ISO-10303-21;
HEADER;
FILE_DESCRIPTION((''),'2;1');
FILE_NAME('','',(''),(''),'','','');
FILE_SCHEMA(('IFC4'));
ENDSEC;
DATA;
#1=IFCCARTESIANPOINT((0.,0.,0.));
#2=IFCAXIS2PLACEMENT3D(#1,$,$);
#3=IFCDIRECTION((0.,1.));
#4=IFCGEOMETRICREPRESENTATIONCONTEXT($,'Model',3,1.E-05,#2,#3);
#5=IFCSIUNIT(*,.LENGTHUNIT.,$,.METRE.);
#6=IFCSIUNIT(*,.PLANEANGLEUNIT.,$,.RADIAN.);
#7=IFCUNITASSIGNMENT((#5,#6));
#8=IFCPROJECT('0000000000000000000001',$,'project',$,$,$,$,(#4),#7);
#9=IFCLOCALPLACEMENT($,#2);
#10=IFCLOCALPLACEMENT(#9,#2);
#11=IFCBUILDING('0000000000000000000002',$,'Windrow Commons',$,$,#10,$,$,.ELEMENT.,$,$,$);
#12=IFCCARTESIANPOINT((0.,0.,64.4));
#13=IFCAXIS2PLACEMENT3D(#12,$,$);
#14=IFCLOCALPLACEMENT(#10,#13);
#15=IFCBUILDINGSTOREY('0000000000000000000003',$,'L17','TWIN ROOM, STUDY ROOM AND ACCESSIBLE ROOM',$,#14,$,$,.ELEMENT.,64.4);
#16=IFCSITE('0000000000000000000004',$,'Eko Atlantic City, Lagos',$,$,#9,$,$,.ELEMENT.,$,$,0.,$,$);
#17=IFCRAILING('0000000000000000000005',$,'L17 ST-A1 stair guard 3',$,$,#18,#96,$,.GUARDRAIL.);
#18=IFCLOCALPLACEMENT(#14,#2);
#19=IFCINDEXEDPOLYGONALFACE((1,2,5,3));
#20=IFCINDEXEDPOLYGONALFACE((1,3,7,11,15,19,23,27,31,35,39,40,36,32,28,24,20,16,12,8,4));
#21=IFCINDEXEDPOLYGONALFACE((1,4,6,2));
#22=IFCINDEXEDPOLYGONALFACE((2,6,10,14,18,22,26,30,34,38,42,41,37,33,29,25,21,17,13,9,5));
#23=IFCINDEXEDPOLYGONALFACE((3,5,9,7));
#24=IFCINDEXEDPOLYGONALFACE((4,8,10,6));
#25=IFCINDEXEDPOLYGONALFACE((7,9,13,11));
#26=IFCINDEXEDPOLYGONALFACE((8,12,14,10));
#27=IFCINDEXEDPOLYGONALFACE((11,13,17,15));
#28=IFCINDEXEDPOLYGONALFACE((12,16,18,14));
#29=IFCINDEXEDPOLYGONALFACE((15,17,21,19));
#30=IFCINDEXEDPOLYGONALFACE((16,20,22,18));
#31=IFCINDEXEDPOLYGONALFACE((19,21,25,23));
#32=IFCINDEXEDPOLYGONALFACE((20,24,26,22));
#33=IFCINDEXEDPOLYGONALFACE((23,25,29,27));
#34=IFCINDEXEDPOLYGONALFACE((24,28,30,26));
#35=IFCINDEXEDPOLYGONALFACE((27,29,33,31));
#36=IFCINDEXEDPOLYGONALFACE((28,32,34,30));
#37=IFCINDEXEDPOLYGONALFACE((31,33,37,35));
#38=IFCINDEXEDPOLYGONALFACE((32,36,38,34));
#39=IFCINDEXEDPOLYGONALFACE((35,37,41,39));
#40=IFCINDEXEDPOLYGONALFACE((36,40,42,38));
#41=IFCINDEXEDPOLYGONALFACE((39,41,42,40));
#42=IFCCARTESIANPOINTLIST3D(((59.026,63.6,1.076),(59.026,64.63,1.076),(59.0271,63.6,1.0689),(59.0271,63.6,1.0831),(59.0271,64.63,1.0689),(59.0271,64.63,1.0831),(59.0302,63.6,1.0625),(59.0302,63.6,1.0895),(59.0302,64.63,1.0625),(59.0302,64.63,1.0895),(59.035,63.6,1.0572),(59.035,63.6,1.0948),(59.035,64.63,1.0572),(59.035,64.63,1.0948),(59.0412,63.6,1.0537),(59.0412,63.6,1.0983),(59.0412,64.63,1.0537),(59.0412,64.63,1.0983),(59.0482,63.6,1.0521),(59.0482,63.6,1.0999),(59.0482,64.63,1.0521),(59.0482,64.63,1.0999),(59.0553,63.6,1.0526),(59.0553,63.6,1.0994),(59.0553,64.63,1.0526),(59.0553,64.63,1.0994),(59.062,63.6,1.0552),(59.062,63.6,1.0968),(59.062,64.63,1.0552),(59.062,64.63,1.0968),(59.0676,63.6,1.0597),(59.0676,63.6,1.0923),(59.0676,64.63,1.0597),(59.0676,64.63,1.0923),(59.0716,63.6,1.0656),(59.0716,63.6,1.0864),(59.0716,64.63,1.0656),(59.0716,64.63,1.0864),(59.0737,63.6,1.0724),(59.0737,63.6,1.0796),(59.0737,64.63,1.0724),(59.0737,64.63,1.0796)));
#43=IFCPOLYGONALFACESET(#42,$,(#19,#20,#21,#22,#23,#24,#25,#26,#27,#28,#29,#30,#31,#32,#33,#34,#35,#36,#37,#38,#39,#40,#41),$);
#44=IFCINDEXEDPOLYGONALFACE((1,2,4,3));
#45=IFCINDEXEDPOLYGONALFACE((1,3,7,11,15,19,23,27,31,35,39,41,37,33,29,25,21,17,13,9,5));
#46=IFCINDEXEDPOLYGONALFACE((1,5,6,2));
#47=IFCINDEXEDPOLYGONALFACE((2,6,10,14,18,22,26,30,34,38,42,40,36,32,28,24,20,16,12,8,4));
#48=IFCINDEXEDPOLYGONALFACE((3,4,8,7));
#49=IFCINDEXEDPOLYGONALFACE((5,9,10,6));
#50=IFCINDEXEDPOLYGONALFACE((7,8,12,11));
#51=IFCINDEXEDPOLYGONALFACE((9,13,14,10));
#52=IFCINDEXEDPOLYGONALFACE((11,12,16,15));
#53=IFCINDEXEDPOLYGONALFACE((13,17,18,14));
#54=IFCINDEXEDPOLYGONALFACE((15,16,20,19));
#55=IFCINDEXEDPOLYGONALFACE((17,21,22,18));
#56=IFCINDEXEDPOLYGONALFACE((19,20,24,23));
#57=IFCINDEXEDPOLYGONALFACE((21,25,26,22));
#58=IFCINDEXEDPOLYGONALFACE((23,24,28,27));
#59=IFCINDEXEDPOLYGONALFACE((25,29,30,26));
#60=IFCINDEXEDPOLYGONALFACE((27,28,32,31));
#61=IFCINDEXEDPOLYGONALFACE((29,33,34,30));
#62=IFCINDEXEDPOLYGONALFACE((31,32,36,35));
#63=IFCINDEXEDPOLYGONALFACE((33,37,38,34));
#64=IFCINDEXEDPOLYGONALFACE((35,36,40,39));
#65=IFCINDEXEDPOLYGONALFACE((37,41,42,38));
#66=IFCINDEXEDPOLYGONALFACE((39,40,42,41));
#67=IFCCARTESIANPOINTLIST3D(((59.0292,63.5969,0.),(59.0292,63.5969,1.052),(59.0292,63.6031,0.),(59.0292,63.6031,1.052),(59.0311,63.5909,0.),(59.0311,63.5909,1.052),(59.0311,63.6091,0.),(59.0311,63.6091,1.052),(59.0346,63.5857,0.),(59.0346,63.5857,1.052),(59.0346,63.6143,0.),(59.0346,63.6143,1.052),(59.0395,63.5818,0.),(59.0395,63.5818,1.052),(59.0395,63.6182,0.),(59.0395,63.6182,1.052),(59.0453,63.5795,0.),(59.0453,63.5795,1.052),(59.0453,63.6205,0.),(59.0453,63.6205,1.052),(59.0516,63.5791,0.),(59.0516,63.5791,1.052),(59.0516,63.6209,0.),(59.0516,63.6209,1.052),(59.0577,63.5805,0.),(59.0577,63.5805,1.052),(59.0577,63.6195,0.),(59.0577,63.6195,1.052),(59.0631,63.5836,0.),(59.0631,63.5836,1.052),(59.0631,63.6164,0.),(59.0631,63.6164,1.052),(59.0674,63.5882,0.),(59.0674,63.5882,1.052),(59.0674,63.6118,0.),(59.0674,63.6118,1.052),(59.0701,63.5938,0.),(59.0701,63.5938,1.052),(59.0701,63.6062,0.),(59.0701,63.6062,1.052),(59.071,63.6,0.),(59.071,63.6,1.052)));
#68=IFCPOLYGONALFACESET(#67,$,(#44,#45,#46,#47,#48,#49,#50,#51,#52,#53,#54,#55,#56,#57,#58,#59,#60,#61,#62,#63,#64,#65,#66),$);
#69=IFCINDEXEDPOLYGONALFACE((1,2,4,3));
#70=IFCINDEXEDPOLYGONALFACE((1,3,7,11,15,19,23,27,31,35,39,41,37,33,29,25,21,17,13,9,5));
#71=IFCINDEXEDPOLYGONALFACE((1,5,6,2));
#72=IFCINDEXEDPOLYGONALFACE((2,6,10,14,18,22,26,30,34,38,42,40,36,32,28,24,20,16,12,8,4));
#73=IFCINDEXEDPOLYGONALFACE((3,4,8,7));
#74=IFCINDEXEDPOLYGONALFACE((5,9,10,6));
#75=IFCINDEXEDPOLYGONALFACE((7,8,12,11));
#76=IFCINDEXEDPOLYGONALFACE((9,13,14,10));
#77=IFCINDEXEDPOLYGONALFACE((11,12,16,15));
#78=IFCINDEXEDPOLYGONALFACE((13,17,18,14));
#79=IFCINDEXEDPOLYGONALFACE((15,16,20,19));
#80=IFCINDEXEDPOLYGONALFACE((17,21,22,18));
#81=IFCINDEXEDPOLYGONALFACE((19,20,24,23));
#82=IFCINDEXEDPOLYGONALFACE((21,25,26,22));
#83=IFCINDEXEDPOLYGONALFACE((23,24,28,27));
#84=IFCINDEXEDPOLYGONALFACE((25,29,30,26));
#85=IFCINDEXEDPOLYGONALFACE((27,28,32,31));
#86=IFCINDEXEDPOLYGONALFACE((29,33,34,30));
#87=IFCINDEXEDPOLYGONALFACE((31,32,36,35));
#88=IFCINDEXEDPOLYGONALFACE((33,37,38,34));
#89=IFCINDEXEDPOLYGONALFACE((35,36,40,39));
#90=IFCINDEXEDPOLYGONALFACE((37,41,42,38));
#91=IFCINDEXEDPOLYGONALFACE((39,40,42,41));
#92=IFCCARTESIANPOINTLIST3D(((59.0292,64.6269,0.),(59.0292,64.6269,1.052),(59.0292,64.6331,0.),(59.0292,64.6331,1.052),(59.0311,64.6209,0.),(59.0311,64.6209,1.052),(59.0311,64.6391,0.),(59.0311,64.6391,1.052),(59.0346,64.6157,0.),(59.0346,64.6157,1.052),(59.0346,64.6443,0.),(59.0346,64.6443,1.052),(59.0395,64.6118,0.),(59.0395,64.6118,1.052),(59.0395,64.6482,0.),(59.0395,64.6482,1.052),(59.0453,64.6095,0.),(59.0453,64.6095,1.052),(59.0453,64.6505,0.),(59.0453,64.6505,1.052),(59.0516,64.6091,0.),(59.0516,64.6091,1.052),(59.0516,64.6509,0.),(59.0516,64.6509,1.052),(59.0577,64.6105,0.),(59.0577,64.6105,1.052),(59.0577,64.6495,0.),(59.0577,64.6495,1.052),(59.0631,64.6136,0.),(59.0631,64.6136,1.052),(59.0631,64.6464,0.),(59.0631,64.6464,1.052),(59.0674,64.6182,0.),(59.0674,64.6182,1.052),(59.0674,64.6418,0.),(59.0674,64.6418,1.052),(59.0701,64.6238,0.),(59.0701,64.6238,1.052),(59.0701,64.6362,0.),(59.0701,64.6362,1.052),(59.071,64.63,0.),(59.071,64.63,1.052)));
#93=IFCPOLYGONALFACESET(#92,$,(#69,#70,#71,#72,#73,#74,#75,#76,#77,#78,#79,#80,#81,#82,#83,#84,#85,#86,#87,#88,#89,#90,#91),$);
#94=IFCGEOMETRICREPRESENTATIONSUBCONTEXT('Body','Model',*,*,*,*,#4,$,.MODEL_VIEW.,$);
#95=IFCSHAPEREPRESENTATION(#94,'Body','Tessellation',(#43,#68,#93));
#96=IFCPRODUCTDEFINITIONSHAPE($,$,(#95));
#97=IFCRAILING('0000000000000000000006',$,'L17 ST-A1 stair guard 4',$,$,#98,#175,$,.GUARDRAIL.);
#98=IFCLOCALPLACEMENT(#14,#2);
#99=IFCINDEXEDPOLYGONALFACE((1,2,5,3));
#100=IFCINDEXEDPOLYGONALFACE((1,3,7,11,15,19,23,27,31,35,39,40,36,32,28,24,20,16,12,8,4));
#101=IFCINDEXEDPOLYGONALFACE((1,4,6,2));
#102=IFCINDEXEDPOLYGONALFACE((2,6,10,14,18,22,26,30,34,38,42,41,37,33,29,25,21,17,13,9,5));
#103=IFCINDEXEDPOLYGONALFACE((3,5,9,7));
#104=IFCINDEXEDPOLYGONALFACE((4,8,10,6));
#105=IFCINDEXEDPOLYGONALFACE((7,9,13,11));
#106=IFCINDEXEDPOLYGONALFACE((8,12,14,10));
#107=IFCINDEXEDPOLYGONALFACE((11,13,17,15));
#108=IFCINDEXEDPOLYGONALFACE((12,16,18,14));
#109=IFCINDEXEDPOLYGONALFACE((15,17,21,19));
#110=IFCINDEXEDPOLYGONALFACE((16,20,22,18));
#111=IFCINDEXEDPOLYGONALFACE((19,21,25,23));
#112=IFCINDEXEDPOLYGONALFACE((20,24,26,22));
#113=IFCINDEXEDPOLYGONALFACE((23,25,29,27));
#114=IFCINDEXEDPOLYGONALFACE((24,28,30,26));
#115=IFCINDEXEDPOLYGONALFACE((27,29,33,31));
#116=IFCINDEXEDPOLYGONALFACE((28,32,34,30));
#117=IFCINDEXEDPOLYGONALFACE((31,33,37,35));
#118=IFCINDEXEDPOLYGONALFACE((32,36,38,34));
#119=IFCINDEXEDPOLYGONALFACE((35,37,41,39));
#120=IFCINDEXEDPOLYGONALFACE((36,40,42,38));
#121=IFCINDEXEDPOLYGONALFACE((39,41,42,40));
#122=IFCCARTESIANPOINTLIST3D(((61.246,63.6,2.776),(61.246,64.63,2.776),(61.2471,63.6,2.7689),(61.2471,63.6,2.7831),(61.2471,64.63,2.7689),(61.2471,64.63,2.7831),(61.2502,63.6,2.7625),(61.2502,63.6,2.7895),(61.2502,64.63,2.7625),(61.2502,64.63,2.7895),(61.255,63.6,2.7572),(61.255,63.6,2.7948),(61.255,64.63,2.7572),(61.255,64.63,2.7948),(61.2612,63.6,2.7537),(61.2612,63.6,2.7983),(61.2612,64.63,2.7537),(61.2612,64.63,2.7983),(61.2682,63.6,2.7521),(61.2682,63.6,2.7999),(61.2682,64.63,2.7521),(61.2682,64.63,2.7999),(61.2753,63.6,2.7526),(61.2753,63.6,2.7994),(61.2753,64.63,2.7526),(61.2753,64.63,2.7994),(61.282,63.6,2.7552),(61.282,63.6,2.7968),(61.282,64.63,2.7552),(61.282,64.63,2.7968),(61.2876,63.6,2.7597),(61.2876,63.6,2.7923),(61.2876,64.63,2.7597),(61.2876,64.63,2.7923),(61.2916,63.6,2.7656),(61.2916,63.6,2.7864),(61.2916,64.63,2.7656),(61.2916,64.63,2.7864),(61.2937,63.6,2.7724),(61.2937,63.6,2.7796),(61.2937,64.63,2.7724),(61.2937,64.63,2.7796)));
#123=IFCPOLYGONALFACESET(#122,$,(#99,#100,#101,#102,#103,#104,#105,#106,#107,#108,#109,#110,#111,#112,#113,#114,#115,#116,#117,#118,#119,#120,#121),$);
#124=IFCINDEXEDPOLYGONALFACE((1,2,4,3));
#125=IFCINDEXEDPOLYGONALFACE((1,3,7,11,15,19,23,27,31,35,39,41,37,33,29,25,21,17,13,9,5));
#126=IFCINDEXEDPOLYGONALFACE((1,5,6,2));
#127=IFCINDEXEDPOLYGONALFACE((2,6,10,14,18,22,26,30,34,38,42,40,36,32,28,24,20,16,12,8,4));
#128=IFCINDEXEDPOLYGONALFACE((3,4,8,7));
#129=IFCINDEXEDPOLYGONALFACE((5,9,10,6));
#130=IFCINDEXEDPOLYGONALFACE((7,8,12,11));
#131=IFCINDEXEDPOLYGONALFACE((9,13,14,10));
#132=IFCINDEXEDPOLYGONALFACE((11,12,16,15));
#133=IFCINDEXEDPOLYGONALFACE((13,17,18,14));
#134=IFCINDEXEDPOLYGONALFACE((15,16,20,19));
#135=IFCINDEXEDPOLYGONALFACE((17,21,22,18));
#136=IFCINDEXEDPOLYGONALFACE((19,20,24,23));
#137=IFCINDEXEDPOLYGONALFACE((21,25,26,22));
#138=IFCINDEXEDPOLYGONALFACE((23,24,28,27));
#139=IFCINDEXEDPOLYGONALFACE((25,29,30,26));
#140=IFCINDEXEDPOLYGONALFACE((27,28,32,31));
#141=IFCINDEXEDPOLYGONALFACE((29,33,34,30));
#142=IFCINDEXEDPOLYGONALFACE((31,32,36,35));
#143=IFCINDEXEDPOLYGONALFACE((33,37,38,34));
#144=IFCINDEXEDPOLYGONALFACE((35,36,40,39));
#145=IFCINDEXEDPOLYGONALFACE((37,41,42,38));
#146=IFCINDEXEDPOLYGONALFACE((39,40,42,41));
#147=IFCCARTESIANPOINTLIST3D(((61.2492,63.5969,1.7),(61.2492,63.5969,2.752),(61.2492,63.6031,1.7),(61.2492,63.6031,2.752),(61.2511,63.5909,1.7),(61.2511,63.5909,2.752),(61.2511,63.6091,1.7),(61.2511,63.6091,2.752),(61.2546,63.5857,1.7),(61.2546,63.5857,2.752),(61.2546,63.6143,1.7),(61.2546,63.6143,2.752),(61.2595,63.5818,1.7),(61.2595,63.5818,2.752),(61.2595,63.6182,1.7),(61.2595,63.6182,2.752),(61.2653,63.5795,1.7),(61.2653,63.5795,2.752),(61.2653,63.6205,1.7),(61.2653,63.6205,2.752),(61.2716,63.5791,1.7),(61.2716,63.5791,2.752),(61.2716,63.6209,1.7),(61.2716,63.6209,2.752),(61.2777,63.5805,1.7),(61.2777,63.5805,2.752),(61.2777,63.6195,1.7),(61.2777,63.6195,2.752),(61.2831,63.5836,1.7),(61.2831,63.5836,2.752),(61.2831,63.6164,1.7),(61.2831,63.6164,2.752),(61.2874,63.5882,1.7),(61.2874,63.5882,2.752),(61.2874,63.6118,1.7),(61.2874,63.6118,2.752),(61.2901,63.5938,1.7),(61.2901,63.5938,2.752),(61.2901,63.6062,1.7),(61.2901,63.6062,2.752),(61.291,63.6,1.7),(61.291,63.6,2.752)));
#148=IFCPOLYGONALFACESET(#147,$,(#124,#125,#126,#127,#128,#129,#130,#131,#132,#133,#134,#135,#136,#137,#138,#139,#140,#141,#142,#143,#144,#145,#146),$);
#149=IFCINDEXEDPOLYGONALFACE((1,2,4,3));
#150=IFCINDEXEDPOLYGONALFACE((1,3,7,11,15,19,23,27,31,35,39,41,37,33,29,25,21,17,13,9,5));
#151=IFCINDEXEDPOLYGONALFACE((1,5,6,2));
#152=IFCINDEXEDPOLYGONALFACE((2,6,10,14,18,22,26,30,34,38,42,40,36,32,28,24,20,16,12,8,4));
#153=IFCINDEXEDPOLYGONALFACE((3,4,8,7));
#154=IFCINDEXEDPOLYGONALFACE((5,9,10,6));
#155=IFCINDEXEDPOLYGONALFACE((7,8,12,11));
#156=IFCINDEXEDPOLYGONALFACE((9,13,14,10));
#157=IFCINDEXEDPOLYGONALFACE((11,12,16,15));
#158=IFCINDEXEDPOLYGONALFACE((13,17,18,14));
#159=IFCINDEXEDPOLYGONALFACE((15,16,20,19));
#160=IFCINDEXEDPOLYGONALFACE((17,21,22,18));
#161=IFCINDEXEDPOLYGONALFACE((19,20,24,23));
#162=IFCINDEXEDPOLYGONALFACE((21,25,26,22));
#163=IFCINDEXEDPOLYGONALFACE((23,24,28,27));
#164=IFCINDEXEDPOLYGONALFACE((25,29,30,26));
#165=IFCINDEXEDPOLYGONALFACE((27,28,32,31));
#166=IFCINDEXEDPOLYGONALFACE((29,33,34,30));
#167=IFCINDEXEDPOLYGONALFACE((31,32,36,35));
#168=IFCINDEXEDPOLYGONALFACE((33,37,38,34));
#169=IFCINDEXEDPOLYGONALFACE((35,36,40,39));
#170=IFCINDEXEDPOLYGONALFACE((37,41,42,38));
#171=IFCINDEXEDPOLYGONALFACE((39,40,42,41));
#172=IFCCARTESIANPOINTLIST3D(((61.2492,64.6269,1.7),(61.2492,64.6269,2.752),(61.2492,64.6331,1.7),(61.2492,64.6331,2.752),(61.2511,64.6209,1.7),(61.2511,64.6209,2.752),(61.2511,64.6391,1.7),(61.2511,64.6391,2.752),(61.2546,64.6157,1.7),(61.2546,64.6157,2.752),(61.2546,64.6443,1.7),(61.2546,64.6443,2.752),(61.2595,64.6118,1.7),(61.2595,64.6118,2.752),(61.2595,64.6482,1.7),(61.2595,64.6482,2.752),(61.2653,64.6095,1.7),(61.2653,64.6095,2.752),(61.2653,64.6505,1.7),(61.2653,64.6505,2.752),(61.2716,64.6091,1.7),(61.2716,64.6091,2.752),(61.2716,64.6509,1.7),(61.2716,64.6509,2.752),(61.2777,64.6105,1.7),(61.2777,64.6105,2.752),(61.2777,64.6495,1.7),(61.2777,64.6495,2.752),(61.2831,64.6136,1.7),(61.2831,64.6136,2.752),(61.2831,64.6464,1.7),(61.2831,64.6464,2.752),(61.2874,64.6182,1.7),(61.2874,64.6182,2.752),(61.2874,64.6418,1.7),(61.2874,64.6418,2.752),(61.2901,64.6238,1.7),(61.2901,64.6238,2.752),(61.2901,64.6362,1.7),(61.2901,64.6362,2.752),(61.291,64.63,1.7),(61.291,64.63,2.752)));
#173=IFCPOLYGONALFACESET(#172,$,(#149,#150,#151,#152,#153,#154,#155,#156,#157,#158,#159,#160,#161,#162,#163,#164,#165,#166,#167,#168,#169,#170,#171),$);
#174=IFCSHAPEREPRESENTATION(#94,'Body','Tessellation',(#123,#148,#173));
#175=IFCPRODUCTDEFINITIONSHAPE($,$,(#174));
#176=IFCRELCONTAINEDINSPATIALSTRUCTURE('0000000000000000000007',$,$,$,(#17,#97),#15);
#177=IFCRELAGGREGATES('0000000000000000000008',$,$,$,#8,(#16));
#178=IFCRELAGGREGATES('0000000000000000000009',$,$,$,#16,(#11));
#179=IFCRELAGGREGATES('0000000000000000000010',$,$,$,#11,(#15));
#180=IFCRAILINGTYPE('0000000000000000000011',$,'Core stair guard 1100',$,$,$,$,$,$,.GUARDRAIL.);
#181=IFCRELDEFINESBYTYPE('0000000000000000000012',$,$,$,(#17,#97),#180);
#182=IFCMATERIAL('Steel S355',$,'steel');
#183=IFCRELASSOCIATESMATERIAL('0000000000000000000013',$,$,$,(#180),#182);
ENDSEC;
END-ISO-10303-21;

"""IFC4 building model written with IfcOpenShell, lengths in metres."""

from ifc_helpers import new_model, si_unit, direction, frame, origin, origin_2d, place, context, subcontext, project, spatial, circle, extrude, material, type_object, element, save


model = new_model("IFC4")

# Units and contexts
model_context = context("Model", 3, precision=1e-05, world=origin(), true_north=direction((0.0, 1.0)))
body_context = subcontext(model_context, "Body", "Model", "MODEL_VIEW")
ifc_project = project(units=[si_unit("LENGTHUNIT", "METRE"), si_unit("PLANEANGLEUNIT", "RADIAN")], contexts=[model_context])

# Site, building, storey
site_placement = place(None, origin())
site = spatial("IfcSite", under=ifc_project, at=site_placement, Name="Eko Atlantic City, Lagos", CompositionType="ELEMENT", RefElevation=0.0)
building_placement = place(site_placement, origin())
building = spatial("IfcBuilding", under=site, at=building_placement, Name="Windrow Commons", CompositionType="ELEMENT")
storey_placement = place(building_placement, frame((0.0, 0.0, 64.4)))
storey = spatial("IfcBuildingStorey", under=building, at=storey_placement, Name="L17", Description="TWIN ROOM, STUDY ROOM AND ACCESSIBLE ROOM", CompositionType="ELEMENT", Elevation=64.4)

# Railings
ifc_material_1 = material(Name="Steel S355", Category="steel")
railing_type_1 = type_object("IfcRailingType", Name="Core stair guard 1100", PredefinedType="GUARDRAIL", material=ifc_material_1)
for number, where, name in (
    (1, (59.05, 63.6, 0.0), "L17 ST-A1 stair guard 3"),
    (2, (61.27, 63.6, 1.7), "L17 ST-A1 stair guard 4"),
):
    element("IfcRailing", number, at=place(storey_placement, frame(where)), inside=storey, type_object=railing_type_1, Name=name, PredefinedType="GUARDRAIL", context=body_context, shape_type="SweptSolid", body=[
        extrude(circle(Radius=0.024, at=origin_2d()), frame((0.0, 0.0, 1.076), z_axis=(0.0, 1.0, 0.0), x_axis=(-1.0, 0.0, 0.0)), (0.0, 0.0, 1.0), 1.03),
        extrude(circle(Radius=0.021, at=origin_2d()), origin(), (0.0, 0.0, 1.0), 1.052),
        extrude(circle(Radius=0.021, at=origin_2d()), frame((0.0, 1.03, 0.0)), (0.0, 0.0, 1.0), 1.052),
    ])

save(model, "model.ifc")
